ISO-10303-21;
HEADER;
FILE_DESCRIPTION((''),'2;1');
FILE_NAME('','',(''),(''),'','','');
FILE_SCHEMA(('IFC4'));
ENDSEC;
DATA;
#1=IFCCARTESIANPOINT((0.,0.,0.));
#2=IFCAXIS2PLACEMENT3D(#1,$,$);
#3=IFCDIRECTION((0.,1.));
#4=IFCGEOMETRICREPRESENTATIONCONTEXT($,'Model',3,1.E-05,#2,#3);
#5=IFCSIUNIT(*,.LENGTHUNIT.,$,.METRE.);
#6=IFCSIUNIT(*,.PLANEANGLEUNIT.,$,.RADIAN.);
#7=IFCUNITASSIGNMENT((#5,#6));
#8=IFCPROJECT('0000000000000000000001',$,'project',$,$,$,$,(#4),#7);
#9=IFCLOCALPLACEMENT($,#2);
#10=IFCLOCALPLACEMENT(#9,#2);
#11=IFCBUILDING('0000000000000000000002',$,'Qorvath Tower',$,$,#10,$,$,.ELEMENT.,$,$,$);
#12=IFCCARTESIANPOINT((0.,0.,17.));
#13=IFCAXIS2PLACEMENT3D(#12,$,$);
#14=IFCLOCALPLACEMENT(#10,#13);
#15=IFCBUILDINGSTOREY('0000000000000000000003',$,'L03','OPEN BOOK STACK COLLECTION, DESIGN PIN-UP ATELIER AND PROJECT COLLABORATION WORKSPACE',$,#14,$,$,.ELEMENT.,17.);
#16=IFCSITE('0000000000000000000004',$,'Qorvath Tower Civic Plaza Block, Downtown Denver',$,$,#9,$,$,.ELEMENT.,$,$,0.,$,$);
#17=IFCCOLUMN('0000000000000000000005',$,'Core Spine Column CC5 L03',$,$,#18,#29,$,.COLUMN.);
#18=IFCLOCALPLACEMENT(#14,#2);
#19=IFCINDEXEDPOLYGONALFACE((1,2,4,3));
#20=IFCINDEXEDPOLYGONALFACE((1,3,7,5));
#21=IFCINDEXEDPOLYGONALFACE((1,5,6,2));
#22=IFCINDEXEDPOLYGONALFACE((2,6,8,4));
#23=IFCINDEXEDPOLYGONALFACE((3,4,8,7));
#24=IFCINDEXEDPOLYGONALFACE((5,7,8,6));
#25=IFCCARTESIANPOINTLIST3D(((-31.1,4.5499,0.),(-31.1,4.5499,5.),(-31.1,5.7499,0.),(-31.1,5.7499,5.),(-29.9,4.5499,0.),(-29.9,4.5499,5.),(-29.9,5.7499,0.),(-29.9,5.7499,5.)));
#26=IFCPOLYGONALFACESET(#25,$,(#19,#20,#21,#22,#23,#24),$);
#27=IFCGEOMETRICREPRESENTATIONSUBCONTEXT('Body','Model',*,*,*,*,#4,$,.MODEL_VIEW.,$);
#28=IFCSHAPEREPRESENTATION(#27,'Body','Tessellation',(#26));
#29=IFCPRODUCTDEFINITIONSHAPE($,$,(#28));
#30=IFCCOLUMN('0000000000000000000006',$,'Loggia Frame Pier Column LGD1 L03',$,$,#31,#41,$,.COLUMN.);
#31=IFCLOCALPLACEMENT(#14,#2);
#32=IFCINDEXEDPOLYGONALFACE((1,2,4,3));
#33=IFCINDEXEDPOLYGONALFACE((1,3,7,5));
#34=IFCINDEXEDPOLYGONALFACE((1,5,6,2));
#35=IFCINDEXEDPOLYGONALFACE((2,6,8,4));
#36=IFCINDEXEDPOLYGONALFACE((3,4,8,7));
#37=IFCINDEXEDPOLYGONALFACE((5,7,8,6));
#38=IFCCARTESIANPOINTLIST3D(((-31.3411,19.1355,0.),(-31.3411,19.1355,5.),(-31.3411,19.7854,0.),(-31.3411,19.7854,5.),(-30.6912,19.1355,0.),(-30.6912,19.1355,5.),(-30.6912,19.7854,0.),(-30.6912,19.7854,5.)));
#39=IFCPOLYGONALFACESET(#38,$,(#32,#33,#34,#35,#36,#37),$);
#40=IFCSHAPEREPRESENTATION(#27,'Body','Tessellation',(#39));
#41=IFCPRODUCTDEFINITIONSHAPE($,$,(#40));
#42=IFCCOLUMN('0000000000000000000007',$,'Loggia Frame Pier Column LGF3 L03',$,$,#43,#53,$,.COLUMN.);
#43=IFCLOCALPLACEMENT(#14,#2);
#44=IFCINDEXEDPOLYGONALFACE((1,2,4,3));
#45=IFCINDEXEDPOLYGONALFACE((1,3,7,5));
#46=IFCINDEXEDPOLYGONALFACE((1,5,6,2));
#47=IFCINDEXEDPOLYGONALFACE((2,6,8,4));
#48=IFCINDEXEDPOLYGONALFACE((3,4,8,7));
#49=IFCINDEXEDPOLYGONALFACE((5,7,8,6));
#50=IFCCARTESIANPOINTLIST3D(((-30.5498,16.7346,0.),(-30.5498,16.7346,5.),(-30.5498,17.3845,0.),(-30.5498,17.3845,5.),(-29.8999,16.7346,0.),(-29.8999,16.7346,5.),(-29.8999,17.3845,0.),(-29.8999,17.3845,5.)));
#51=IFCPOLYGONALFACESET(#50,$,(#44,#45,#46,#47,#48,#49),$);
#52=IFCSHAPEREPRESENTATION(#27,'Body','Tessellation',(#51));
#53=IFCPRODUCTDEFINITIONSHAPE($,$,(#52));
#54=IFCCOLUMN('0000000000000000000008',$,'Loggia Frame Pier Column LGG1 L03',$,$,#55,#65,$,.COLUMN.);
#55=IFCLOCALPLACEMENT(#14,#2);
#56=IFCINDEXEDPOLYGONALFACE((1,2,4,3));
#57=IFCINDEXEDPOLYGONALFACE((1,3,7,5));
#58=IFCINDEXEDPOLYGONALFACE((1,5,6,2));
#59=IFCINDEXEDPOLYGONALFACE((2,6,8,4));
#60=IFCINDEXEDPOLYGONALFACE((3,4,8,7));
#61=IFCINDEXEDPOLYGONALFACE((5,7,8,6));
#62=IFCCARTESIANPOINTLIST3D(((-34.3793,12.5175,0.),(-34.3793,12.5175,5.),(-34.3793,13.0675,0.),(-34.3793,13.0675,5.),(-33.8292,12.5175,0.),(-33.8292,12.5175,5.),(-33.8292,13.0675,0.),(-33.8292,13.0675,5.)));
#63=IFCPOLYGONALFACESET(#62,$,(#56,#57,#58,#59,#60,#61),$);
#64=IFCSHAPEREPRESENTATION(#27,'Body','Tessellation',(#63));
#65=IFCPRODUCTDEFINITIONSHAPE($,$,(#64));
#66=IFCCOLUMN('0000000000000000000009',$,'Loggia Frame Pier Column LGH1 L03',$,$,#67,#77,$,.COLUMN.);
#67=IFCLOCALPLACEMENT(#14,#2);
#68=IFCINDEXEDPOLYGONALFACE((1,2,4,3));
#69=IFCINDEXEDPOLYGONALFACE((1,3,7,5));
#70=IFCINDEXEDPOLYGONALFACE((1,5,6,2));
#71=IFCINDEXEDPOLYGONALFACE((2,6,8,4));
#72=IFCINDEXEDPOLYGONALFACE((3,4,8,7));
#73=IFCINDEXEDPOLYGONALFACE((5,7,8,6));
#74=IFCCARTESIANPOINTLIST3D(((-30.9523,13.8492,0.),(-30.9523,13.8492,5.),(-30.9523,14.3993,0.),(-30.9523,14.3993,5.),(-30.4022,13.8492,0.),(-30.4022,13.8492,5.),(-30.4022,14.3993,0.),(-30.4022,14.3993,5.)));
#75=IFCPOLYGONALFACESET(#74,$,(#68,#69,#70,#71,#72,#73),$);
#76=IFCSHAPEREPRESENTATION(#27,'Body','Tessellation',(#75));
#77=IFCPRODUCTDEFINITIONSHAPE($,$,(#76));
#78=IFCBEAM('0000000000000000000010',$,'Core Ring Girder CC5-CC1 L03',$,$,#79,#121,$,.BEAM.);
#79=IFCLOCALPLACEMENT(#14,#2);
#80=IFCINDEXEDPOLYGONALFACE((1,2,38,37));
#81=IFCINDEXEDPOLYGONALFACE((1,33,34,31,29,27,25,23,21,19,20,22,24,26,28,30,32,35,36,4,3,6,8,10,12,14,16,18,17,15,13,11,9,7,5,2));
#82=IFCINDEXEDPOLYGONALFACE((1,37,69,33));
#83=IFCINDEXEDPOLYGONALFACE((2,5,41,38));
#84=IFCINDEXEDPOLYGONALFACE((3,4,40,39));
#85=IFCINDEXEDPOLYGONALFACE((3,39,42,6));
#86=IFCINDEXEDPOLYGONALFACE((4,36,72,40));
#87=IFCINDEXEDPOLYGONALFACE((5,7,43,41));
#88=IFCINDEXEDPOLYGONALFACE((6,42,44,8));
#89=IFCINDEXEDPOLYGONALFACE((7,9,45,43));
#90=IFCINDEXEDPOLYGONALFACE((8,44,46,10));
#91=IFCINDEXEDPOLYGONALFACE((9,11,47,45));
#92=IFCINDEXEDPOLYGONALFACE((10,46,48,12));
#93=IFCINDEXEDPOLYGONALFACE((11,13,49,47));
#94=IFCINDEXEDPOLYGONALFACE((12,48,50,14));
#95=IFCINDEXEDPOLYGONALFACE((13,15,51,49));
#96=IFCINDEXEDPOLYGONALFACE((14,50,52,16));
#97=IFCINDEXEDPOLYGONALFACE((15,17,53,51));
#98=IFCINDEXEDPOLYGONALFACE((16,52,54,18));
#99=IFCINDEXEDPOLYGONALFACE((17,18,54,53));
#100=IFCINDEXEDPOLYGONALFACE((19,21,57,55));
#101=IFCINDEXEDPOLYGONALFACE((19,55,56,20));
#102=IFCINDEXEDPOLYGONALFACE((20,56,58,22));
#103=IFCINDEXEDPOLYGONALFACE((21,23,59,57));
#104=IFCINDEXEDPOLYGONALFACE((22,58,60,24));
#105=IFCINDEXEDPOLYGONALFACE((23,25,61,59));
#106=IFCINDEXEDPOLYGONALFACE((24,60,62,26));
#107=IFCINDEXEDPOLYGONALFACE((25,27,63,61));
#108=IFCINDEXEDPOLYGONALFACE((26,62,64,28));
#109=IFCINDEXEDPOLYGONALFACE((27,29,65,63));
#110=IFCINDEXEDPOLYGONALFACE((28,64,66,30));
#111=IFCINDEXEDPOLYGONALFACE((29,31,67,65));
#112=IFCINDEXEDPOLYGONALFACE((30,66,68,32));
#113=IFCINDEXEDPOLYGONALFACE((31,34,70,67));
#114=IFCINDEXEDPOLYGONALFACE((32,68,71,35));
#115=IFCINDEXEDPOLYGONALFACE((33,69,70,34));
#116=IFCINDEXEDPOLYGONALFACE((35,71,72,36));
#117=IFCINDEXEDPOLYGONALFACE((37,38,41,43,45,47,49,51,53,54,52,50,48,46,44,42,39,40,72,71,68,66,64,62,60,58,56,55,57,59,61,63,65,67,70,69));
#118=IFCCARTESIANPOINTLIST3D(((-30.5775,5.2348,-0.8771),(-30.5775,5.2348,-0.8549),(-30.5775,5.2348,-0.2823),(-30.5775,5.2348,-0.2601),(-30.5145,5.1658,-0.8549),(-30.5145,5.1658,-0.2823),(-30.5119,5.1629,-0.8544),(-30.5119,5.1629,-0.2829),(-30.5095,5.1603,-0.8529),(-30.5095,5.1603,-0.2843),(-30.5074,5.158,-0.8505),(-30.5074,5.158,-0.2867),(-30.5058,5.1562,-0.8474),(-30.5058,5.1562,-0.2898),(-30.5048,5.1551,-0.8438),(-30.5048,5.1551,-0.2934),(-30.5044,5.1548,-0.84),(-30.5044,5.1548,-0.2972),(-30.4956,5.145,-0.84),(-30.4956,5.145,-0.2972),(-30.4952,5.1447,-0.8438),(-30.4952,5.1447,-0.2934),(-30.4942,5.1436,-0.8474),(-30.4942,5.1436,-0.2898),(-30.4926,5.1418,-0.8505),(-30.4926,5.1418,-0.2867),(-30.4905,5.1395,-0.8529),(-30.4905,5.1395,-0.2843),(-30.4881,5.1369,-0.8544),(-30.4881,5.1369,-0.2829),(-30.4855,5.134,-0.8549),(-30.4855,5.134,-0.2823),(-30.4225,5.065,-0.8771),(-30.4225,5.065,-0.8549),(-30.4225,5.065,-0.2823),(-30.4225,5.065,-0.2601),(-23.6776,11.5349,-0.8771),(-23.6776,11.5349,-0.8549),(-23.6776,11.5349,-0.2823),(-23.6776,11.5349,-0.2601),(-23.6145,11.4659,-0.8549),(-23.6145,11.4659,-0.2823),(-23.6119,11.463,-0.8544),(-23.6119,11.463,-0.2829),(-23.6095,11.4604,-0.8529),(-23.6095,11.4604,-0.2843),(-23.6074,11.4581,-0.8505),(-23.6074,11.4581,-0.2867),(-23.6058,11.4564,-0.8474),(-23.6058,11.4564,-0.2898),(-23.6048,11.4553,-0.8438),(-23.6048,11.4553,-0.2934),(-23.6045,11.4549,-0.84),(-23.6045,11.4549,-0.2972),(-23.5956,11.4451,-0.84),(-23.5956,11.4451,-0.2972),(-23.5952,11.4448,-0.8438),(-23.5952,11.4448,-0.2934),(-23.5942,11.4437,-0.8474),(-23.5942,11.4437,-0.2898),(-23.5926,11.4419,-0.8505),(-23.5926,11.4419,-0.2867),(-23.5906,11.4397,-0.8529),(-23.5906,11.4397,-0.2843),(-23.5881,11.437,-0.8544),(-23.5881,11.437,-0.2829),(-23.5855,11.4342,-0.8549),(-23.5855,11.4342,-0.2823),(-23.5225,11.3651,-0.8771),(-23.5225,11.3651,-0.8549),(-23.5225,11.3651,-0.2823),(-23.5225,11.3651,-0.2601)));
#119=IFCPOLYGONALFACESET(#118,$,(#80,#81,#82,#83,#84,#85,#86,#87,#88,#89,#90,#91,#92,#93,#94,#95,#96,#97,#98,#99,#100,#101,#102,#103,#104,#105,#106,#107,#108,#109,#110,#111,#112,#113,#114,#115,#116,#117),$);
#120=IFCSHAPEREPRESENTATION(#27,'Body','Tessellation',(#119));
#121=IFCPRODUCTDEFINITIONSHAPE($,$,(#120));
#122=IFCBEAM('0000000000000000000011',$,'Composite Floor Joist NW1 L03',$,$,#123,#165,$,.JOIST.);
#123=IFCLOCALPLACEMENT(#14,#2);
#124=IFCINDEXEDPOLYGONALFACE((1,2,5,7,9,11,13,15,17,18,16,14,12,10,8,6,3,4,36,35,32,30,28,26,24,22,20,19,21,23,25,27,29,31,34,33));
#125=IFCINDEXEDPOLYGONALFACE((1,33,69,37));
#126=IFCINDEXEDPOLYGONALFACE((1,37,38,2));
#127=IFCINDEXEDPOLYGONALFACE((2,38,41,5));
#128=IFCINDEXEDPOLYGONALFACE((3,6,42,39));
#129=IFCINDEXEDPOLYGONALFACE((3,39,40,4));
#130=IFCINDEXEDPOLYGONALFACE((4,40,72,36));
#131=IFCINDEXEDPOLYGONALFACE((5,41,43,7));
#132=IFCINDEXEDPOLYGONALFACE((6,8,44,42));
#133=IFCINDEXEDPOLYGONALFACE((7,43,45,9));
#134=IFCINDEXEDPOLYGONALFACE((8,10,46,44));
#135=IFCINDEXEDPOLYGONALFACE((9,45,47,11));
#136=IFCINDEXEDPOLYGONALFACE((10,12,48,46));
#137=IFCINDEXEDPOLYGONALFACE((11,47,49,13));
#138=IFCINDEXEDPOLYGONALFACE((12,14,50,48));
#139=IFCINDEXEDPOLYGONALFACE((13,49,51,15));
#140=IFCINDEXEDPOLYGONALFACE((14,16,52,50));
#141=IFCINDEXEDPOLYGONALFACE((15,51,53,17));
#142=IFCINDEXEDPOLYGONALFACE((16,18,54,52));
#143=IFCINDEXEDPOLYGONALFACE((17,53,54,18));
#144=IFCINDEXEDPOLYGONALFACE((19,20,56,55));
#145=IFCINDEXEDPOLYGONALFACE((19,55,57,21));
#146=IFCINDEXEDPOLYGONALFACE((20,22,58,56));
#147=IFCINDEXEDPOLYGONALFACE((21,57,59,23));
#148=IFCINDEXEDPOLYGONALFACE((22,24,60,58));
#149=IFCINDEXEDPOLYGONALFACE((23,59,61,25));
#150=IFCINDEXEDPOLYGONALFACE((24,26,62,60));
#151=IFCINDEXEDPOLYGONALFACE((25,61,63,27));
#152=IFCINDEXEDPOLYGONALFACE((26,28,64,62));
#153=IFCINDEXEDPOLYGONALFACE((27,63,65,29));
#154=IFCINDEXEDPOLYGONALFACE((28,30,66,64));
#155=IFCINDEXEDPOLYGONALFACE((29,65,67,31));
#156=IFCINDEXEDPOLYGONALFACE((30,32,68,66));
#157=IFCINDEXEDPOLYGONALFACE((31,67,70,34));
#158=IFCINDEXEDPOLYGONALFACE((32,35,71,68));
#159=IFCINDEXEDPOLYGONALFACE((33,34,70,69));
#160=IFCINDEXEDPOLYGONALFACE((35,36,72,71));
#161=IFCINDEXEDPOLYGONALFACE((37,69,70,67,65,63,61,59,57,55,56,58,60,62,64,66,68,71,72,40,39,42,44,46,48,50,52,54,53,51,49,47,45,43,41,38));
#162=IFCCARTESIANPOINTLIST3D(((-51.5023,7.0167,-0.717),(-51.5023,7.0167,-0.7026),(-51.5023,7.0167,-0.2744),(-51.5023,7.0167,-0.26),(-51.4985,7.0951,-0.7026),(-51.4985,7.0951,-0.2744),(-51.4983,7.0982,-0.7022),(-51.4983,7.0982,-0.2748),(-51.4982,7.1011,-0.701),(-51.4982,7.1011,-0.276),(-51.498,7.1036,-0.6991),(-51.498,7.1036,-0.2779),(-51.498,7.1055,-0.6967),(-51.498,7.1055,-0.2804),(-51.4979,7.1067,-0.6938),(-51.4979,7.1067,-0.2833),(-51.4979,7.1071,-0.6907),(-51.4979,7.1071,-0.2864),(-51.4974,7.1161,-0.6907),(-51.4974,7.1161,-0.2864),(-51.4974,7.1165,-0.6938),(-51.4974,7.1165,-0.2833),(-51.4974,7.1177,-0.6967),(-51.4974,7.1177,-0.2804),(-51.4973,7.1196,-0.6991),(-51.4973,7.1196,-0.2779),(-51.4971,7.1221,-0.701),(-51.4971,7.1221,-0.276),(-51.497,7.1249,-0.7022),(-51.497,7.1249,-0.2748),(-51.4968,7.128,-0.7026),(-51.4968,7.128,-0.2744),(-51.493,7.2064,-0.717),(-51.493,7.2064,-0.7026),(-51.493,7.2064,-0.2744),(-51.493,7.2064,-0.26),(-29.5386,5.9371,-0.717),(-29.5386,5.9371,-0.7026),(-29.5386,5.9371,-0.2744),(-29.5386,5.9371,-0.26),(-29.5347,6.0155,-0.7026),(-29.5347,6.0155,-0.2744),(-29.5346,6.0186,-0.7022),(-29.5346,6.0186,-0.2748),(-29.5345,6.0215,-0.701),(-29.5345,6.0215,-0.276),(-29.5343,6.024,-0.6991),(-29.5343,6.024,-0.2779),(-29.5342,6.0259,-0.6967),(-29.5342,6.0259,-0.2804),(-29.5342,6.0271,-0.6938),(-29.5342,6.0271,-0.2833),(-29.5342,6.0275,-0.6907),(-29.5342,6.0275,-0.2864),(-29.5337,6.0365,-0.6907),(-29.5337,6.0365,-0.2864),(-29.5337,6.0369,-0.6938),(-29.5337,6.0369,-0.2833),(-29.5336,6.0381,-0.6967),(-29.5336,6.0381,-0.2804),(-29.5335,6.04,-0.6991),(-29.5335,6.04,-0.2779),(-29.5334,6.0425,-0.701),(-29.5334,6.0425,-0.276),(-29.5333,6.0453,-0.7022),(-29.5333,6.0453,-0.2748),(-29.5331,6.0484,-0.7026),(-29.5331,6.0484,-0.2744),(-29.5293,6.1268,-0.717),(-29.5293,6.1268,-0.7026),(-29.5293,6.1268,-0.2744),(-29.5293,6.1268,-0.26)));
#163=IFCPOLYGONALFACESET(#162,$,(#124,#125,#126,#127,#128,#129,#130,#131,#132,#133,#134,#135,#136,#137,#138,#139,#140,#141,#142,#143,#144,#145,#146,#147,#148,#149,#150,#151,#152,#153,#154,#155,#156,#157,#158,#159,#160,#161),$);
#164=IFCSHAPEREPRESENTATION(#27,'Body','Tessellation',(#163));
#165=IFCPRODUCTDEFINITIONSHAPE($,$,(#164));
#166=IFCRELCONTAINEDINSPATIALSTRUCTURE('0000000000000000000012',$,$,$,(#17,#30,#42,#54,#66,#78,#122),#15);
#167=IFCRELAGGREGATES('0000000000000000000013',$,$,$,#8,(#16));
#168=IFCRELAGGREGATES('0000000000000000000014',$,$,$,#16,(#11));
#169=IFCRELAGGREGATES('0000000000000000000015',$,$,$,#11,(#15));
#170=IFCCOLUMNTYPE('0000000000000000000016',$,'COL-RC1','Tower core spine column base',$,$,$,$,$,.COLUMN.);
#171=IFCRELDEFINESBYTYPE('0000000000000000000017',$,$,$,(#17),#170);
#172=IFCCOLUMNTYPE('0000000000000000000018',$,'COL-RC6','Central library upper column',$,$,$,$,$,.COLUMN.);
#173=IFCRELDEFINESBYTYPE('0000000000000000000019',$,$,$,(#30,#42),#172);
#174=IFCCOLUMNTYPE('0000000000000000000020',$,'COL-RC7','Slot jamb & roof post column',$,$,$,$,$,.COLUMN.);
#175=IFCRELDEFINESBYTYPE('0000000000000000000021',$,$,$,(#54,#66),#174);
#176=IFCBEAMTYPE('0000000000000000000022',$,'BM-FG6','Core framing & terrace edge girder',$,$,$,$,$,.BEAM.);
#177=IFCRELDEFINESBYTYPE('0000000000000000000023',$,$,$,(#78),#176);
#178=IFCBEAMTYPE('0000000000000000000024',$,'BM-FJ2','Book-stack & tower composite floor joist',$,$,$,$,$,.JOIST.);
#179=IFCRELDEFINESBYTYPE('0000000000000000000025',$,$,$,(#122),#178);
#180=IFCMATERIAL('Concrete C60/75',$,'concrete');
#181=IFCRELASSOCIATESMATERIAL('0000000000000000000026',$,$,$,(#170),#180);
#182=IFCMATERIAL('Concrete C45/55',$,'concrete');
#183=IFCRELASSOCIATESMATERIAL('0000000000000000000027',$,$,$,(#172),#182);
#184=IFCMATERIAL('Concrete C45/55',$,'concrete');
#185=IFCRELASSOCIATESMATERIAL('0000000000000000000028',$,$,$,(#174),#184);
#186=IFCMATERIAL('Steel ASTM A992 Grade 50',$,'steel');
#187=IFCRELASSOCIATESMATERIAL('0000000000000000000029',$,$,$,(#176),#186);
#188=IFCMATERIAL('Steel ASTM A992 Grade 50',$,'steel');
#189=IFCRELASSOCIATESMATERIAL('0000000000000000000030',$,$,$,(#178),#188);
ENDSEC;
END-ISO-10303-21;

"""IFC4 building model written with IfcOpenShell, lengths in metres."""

from ifc_helpers import new_model, si_unit, direction, frame, origin, origin_2d, place, context, subcontext, project, spatial, rectangle, i_section, extrude, material, material_profile, profile_set, type_object, element, save


model = new_model("IFC4")

# Units and contexts
model_context = context("Model", 3, precision=1e-05, world=origin(), true_north=direction((0.0, 1.0)))
body_context = subcontext(model_context, "Body", "Model", "MODEL_VIEW")
ifc_project = project(units=[si_unit("LENGTHUNIT", "METRE"), si_unit("PLANEANGLEUNIT", "RADIAN")], contexts=[model_context])

# Site, building, storey
site_placement = place(None, origin())
site = spatial("IfcSite", under=ifc_project, at=site_placement, Name="Qorvath Tower Civic Plaza Block, Downtown Denver", CompositionType="ELEMENT", RefElevation=0.0)
building_placement = place(site_placement, origin())
building = spatial("IfcBuilding", under=site, at=building_placement, Name="Qorvath Tower", CompositionType="ELEMENT")
storey_placement = place(building_placement, frame((0.0, 0.0, 17.0)))
storey = spatial("IfcBuildingStorey", under=building, at=storey_placement, Name="L03", Description="OPEN BOOK STACK COLLECTION, DESIGN PIN-UP ATELIER AND PROJECT COLLABORATION WORKSPACE", CompositionType="ELEMENT", Elevation=17.0)

# Columns
ifc_material_1 = material(Name="Concrete C60/75", Category="concrete")
ifc_material_profile_1 = material_profile(ifc_material_1, rectangle(XDim=1.2, YDim=1.2, at=origin_2d()), Name="RC 1200x1200")
ifc_profile_set_1 = profile_set([ifc_material_profile_1], Name="Concrete C60/75")
column_type_1 = type_object("IfcColumnType", Name="COL-RC1", Description="Tower core spine column base", PredefinedType="COLUMN", material=ifc_profile_set_1)
column_placement = place(storey_placement, frame((-30.5, 5.1499, 0.0), z_axis=(0.0, 0.0, 1.0), x_axis=(1.0, 0.0, 0.0)))
element("IfcColumn", 1, at=column_placement, inside=storey, type_object=column_type_1, Name="Core Spine Column CC5 L03", PredefinedType="COLUMN", context=body_context, shape_type="SweptSolid", body=[
    extrude(rectangle(XDim=1.2, YDim=1.2, at=origin_2d()), origin(), (0.0, 0.0, 1.0), 5.0),
])
ifc_material_2 = material(Name="Concrete C45/55", Category="concrete")
ifc_material_profile_2 = material_profile(ifc_material_2, rectangle(XDim=0.6499, YDim=0.6499, at=origin_2d()), Name="RC 650x650")
ifc_profile_set_2 = profile_set([ifc_material_profile_2], Name="Concrete C45/55")
column_type_2 = type_object("IfcColumnType", Name="COL-RC6", Description="Central library upper column", PredefinedType="COLUMN", material=ifc_profile_set_2)
for number, where, z_axis, x_axis, name in (
    (2, (-31.0161, 19.4604, 0.0), (0.0, 0.0, 1.0), (1.0, 0.0, 0.0), "Loggia Frame Pier Column LGD1 L03"),
    (3, (-30.2249, 17.0596, 0.0), (0.0, 0.0, 1.0), (1.0, 0.0, 0.0), "Loggia Frame Pier Column LGF3 L03"),
):
    element("IfcColumn", number, at=place(storey_placement, frame(where, z_axis=z_axis, x_axis=x_axis)), inside=storey, type_object=column_type_2, Name=name, PredefinedType="COLUMN", context=body_context, shape_type="SweptSolid", body=[
        extrude(rectangle(XDim=0.6499, YDim=0.6499, at=origin_2d()), origin(), (0.0, 0.0, 1.0), 5.0),
    ])
ifc_material_3 = material(Name="Concrete C45/55", Category="concrete")
ifc_material_profile_3 = material_profile(ifc_material_3, rectangle(XDim=0.55, YDim=0.55, at=origin_2d()), Name="RC 550x550")
ifc_profile_set_3 = profile_set([ifc_material_profile_3], Name="Concrete C45/55")
column_type_3 = type_object("IfcColumnType", Name="COL-RC7", Description="Slot jamb & roof post column", PredefinedType="COLUMN", material=ifc_profile_set_3)
for number, where, z_axis, x_axis, name in (
    (4, (-34.1042, 12.7925, 0.0), (0.0, 0.0, 1.0), (1.0, 0.0, 0.0), "Loggia Frame Pier Column LGG1 L03"),
    (5, (-30.6772, 14.1243, 0.0), (0.0, 0.0, 1.0), (1.0, 0.0, 0.0), "Loggia Frame Pier Column LGH1 L03"),
):
    element("IfcColumn", number, at=place(storey_placement, frame(where, z_axis=z_axis, x_axis=x_axis)), inside=storey, type_object=column_type_3, Name=name, PredefinedType="COLUMN", context=body_context, shape_type="SweptSolid", body=[
        extrude(rectangle(XDim=0.55, YDim=0.55, at=origin_2d()), origin(), (0.0, 0.0, 1.0), 5.0),
    ])

# Beams
ifc_material_4 = material(Name="Steel ASTM A992 Grade 50", Category="steel")
ifc_material_profile_4 = material_profile(ifc_material_4, i_section(OverallWidth=0.23, OverallDepth=0.6169, WebThickness=0.0132, FlangeThickness=0.0222, FilletRadius=0.0149, at=origin_2d()), Name="W24x94")
ifc_profile_set_4 = profile_set([ifc_material_profile_4], Name="Steel ASTM A992 Grade 50")
beam_type_1 = type_object("IfcBeamType", Name="BM-FG6", Description="Core framing & terrace edge girder", PredefinedType="BEAM", material=ifc_profile_set_4)
beam_1_placement = place(storey_placement, frame((-30.5, 5.1499, -0.5686), z_axis=(0.738478, 0.674277, 0.0), x_axis=(-0.674277, 0.738478, 0.0)))
element("IfcBeam", 6, at=beam_1_placement, inside=storey, type_object=beam_type_1, Name="Core Ring Girder CC5-CC1 L03", PredefinedType="BEAM", context=body_context, shape_type="SweptSolid", body=[
    extrude(i_section(OverallWidth=0.23, OverallDepth=0.6169, WebThickness=0.0132, FlangeThickness=0.0222, FilletRadius=0.0149, at=origin_2d()), origin(), (0.0, 0.0, 1.0), 9.3435),
])
ifc_material_5 = material(Name="Steel ASTM A992 Grade 50", Category="steel")
ifc_material_profile_5 = material_profile(ifc_material_5, i_section(OverallWidth=0.1899, OverallDepth=0.457, WebThickness=0.009, FlangeThickness=0.0144, FilletRadius=0.012, at=origin_2d()), Name="W18x50")
ifc_profile_set_5 = profile_set([ifc_material_profile_5], Name="Steel ASTM A992 Grade 50")
beam_type_2 = type_object("IfcBeamType", Name="BM-FJ2", Description="Book-stack & tower composite floor joist", PredefinedType="JOIST", material=ifc_profile_set_5)
beam_2_placement = place(storey_placement, frame((-29.5339, 6.032, -0.4885), z_axis=(-0.998794, 0.049094, 0.0), x_axis=(-0.049094, -0.998794, 0.0)))
element("IfcBeam", 7, at=beam_2_placement, inside=storey, type_object=beam_type_2, Name="Composite Floor Joist NW1 L03", PredefinedType="JOIST", context=body_context, shape_type="SweptSolid", body=[
    extrude(i_section(OverallWidth=0.1899, OverallDepth=0.457, WebThickness=0.009, FlangeThickness=0.0144, FilletRadius=0.012, at=origin_2d()), origin(), (0.0, 0.0, 1.0), 21.9902),
])

save(model, "model.ifc")
